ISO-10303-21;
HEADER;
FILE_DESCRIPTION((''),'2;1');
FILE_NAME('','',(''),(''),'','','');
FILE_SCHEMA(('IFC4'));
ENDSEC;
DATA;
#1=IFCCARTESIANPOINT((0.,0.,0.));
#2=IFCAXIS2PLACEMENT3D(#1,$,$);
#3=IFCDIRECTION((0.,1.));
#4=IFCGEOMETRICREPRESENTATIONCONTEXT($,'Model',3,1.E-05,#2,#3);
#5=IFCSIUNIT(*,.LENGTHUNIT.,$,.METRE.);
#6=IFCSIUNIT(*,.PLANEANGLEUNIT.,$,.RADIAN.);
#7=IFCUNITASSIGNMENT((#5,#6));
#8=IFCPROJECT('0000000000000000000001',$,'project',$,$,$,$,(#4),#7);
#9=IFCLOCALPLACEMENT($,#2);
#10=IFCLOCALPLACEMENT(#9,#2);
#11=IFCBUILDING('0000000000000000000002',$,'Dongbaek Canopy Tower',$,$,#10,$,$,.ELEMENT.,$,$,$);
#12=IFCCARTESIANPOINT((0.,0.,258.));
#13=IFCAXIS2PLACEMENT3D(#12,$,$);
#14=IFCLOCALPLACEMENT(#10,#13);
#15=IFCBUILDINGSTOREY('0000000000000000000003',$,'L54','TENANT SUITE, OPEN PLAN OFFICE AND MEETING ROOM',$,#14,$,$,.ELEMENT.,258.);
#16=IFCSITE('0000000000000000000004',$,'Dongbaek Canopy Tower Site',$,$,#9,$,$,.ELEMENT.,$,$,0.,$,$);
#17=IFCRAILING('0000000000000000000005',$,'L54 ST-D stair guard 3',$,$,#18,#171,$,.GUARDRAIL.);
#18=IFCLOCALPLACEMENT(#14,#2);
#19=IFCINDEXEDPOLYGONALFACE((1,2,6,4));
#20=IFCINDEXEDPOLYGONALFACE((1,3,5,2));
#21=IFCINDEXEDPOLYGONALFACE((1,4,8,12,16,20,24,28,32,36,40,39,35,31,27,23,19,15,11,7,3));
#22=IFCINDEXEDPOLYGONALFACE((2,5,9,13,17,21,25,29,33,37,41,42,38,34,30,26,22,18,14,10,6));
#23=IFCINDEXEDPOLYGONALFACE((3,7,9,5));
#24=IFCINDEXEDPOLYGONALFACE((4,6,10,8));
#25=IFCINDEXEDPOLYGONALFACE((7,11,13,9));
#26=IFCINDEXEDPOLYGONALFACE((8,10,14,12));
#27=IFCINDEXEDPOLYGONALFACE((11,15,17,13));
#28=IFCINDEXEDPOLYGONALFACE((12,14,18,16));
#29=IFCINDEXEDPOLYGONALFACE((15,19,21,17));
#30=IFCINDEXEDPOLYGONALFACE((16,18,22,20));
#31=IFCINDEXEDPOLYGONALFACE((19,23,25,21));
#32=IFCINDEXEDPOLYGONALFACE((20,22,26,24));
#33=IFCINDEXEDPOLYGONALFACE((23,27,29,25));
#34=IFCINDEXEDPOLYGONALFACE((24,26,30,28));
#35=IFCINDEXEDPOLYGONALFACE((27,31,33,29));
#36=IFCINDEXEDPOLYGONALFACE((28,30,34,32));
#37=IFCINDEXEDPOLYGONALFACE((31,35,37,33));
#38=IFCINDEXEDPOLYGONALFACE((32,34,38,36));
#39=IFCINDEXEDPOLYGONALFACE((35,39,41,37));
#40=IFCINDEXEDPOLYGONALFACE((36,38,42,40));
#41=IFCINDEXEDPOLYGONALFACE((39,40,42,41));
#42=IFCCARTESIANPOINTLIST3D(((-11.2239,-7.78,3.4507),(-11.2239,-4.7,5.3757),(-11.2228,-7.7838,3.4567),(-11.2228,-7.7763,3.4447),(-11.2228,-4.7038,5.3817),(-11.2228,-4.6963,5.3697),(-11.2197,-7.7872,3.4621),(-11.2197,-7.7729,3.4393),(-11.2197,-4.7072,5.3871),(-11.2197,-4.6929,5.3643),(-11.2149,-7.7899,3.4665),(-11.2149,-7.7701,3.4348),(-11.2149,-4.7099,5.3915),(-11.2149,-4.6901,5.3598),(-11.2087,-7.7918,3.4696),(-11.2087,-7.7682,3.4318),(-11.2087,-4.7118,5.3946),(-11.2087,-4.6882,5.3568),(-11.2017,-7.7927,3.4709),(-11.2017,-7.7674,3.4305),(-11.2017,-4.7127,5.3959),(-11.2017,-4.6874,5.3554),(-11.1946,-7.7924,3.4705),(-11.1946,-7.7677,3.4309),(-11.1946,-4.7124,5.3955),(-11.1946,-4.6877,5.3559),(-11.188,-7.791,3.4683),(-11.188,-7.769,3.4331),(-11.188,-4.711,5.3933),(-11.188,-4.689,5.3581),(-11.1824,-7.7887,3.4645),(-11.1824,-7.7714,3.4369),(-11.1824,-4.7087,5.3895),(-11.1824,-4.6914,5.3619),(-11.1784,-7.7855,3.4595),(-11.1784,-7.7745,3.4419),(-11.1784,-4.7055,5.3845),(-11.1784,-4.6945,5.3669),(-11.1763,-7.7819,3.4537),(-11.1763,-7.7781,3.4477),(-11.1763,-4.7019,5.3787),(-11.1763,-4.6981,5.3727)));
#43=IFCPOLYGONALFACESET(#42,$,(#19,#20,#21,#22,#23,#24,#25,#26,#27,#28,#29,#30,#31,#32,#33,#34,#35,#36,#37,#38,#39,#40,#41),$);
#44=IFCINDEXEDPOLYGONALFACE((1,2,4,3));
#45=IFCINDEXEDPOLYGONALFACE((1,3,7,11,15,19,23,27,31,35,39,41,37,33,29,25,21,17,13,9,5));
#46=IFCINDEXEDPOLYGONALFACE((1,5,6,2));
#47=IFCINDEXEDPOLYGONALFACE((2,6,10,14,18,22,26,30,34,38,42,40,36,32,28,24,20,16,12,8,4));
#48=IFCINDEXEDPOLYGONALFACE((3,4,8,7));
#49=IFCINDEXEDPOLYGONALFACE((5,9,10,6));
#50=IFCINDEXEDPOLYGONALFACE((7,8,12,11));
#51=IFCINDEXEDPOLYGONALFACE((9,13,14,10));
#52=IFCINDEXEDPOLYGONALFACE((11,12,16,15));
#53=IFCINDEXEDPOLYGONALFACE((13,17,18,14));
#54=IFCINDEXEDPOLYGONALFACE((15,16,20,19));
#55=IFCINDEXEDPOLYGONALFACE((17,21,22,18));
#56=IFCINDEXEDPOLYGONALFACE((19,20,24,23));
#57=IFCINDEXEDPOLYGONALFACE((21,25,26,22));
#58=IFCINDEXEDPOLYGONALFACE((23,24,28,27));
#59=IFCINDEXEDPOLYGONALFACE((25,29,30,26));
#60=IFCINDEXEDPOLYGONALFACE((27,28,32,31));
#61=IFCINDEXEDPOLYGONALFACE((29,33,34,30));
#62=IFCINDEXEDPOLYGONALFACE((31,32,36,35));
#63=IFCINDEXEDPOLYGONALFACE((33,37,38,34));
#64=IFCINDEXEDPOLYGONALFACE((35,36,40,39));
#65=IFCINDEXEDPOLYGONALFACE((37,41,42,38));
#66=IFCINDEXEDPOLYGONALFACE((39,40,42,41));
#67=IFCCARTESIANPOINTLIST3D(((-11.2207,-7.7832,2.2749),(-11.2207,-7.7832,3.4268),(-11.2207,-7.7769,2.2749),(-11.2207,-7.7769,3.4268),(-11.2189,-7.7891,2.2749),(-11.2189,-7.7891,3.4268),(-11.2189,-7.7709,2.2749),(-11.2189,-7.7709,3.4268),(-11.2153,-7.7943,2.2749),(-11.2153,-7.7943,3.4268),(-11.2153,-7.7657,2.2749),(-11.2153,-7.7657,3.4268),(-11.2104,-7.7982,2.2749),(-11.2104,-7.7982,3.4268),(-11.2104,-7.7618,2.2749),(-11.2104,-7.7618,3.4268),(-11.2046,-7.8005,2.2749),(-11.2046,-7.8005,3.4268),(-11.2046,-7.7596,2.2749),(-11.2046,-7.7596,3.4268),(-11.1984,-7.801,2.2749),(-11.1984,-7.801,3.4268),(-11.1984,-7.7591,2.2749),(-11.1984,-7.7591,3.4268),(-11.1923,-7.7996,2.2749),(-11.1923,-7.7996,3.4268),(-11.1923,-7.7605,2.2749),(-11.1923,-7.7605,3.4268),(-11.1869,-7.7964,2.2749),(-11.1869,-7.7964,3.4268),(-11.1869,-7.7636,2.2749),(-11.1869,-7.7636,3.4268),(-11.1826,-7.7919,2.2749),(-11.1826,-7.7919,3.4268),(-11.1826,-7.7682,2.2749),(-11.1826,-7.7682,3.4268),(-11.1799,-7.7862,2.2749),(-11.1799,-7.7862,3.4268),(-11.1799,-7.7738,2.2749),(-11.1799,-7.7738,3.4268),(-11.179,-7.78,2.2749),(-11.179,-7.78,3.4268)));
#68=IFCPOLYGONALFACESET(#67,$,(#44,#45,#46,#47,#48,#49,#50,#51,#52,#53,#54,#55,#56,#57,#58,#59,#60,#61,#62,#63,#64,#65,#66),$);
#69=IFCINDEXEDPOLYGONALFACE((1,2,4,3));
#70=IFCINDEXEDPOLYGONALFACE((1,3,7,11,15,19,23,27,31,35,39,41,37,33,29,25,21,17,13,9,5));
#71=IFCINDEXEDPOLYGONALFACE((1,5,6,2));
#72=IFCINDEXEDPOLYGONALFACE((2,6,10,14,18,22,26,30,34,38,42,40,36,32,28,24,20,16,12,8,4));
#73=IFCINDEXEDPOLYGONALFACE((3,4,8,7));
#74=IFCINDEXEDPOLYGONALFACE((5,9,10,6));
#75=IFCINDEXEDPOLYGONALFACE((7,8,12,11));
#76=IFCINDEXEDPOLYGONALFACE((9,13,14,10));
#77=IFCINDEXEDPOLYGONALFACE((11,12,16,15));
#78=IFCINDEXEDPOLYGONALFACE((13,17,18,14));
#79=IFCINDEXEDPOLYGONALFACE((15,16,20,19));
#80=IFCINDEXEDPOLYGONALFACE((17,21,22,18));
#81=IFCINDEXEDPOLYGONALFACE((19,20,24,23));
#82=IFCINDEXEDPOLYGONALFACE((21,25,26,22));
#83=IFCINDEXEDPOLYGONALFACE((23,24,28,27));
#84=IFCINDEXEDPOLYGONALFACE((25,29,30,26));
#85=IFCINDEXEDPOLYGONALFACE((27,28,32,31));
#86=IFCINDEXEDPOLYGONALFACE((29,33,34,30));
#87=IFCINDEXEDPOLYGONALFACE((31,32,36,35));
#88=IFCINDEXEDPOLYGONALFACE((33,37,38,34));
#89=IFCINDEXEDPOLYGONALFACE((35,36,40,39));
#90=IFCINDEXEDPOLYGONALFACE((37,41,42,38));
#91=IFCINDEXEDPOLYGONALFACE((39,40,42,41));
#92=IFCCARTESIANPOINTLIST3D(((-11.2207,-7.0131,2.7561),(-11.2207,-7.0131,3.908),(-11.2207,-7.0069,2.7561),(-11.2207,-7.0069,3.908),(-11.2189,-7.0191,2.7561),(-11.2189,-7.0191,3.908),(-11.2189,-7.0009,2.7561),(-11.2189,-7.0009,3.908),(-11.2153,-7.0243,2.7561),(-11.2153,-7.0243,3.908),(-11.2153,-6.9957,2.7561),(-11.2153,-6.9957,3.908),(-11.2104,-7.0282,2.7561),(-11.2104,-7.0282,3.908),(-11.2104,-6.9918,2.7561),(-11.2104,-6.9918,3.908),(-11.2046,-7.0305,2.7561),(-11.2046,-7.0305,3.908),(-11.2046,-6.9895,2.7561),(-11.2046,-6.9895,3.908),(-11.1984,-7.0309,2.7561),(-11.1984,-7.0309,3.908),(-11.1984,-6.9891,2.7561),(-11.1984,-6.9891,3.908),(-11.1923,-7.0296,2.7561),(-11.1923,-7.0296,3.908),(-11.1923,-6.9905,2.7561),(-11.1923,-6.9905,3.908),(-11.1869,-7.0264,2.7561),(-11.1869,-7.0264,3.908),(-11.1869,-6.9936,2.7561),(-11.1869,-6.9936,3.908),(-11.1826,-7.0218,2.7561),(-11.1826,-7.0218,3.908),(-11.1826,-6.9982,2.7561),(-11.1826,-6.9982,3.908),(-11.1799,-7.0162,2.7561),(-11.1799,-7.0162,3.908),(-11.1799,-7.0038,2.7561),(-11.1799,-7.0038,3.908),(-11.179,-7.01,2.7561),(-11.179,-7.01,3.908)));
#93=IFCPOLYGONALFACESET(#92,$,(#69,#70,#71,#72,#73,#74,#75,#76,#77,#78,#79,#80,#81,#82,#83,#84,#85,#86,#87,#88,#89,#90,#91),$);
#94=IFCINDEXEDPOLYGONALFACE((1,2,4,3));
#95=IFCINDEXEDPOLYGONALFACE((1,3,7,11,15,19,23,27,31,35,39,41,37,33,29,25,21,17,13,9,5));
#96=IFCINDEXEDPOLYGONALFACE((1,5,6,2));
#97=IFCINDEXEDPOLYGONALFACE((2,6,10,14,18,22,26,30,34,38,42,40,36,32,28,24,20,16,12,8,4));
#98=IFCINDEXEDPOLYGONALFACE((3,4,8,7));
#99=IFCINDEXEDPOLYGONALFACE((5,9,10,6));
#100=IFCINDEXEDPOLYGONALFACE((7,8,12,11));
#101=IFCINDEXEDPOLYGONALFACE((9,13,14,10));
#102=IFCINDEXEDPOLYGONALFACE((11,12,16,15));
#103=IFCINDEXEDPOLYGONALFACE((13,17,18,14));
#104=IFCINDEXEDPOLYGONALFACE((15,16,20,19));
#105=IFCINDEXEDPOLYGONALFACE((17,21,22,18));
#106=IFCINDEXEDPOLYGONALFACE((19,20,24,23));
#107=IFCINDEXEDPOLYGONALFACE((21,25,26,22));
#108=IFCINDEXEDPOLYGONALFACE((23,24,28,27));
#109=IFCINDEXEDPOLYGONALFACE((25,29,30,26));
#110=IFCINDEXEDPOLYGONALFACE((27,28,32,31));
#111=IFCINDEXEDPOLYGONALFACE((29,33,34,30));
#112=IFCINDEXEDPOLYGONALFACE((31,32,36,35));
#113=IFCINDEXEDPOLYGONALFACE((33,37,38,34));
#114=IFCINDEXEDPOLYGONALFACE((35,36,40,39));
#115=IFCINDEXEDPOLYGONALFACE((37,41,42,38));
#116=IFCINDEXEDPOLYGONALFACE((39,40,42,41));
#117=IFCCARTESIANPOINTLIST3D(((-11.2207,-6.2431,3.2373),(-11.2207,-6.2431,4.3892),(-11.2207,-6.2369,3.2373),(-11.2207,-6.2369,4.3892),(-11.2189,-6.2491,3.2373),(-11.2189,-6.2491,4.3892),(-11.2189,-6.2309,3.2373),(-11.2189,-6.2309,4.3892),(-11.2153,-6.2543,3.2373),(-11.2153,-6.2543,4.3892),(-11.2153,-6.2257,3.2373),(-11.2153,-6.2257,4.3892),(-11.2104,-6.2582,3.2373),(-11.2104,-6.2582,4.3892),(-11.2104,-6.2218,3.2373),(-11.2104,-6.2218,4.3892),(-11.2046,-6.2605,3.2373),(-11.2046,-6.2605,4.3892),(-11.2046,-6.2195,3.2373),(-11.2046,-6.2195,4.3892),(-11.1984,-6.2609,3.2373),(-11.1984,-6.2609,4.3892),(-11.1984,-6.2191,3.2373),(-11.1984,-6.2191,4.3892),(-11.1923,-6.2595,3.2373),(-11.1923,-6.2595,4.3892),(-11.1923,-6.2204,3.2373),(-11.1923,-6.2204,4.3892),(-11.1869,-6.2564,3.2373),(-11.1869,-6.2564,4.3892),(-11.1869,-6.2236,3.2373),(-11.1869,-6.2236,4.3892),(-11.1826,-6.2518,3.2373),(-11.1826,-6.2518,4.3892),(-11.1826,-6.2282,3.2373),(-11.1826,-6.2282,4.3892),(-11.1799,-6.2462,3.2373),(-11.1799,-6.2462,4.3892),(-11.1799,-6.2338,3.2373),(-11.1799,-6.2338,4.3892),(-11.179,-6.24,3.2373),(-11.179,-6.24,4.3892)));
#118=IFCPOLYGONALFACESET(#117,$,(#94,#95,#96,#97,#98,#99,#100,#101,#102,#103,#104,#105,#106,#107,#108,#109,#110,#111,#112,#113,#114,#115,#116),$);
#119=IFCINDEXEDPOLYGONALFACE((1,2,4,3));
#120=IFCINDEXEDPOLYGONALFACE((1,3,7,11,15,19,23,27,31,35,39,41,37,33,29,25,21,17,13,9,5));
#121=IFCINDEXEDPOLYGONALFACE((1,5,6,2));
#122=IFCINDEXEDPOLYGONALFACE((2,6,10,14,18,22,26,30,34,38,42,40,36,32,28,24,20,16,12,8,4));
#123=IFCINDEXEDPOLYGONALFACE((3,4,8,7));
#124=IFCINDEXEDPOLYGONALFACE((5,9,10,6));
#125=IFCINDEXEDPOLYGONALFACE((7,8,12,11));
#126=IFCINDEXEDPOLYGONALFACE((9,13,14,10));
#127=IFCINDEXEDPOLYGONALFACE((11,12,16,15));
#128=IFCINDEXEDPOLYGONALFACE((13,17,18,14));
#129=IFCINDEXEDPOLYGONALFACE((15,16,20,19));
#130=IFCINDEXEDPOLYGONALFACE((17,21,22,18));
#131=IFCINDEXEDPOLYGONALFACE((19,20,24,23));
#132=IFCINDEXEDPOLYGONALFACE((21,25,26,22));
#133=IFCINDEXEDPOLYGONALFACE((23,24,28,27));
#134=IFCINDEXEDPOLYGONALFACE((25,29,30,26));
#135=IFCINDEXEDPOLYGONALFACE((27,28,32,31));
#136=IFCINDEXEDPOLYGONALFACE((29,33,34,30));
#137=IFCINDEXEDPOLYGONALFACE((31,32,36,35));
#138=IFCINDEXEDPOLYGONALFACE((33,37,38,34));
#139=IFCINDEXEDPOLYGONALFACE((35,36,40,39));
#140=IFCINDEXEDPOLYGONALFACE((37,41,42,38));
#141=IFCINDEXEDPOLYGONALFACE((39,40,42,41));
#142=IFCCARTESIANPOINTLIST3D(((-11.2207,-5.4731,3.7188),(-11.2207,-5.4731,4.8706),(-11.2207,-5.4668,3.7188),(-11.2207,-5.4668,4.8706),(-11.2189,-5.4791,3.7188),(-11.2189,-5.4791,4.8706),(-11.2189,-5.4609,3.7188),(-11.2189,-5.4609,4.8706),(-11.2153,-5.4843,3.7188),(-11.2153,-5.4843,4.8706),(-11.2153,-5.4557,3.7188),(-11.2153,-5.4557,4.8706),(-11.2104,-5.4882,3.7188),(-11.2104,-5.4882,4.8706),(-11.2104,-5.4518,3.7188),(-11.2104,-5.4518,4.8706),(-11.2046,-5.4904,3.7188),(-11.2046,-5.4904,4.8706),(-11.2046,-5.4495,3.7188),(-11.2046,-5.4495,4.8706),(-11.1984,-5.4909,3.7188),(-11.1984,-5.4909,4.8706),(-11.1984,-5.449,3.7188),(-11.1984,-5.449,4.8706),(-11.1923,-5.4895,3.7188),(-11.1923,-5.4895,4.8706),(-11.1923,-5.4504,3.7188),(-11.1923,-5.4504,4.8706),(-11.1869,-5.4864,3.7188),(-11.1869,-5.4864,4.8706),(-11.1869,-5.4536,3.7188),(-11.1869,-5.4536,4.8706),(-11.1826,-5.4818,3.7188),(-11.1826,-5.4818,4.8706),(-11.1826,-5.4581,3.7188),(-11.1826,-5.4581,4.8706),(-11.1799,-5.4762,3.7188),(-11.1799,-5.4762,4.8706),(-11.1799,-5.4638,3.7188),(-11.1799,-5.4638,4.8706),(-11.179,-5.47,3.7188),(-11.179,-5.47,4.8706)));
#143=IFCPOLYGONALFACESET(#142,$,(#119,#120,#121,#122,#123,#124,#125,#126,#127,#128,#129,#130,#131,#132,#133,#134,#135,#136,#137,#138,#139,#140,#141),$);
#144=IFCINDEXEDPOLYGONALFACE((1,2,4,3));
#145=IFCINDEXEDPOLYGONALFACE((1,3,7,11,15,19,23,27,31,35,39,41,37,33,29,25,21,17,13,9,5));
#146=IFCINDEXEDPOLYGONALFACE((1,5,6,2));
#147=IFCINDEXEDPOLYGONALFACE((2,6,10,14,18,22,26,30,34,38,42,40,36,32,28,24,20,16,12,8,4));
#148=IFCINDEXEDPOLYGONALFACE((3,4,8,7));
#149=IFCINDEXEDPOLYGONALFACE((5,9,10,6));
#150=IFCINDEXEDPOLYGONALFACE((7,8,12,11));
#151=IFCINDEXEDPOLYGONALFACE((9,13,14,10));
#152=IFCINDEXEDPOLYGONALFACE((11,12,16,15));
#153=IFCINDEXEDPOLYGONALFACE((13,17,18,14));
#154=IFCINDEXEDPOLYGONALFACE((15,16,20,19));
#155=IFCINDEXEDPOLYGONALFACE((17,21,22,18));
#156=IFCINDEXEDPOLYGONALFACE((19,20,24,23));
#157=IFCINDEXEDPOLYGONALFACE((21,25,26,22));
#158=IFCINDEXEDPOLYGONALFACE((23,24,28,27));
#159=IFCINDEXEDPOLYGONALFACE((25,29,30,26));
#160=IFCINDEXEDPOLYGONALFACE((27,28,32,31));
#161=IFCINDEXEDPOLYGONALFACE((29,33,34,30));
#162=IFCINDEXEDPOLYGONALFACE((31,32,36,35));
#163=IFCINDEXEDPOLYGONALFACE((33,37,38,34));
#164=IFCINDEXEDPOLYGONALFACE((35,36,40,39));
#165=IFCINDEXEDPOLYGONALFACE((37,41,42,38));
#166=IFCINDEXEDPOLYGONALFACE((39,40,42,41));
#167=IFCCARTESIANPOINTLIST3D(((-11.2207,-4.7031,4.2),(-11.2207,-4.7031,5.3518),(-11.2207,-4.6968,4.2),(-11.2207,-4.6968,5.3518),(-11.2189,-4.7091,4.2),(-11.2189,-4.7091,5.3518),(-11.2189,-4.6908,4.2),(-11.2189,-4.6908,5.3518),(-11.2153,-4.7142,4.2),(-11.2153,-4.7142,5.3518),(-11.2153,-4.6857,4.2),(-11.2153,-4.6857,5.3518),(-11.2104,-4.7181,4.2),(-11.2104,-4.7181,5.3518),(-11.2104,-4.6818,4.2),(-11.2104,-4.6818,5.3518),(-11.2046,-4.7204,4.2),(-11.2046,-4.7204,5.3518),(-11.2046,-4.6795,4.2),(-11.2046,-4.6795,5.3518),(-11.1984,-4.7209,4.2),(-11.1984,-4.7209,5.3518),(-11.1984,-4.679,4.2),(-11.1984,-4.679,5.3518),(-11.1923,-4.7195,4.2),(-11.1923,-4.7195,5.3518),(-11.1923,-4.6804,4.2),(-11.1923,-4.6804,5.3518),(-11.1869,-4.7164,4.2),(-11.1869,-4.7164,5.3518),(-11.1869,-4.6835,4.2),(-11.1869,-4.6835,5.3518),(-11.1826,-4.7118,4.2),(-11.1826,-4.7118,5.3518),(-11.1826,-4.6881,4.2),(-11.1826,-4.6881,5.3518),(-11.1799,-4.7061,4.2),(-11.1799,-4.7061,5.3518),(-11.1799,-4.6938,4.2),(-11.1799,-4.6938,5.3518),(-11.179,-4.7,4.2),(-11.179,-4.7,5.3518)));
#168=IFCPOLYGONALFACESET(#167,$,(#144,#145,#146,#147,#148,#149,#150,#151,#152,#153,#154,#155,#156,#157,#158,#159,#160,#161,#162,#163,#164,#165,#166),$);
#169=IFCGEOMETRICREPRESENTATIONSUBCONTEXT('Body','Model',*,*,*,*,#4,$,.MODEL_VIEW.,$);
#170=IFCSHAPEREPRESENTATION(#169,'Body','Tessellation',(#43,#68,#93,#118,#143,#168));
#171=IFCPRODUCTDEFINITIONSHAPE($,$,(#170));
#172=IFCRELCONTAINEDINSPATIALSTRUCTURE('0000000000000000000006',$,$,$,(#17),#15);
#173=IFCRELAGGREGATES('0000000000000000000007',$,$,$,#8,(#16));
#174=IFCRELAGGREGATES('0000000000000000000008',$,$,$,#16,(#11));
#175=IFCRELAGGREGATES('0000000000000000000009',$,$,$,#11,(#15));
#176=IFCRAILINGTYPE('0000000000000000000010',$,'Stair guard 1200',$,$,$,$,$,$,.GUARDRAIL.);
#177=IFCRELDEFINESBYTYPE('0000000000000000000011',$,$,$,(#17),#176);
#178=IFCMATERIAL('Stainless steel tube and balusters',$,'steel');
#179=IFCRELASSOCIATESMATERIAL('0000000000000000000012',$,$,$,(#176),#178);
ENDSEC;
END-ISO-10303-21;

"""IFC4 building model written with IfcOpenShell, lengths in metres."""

from ifc_helpers import new_model, si_unit, direction, frame, origin, origin_2d, place, context, subcontext, project, spatial, circle, extrude, material, type_object, element, save


model = new_model("IFC4")

# Units and contexts
model_context = context("Model", 3, precision=1e-05, world=origin(), true_north=direction((0.0, 1.0)))
body_context = subcontext(model_context, "Body", "Model", "MODEL_VIEW")
ifc_project = project(units=[si_unit("LENGTHUNIT", "METRE"), si_unit("PLANEANGLEUNIT", "RADIAN")], contexts=[model_context])

# Site, building, storey
site_placement = place(None, origin())
site = spatial("IfcSite", under=ifc_project, at=site_placement, Name="Dongbaek Canopy Tower Site", CompositionType="ELEMENT", RefElevation=0.0)
building_placement = place(site_placement, origin())
building = spatial("IfcBuilding", under=site, at=building_placement, Name="Dongbaek Canopy Tower", CompositionType="ELEMENT")
storey_placement = place(building_placement, frame((0.0, 0.0, 258.0)))
storey = spatial("IfcBuildingStorey", under=building, at=storey_placement, Name="L54", Description="TENANT SUITE, OPEN PLAN OFFICE AND MEETING ROOM", CompositionType="ELEMENT", Elevation=258.0)

# Railing
ifc_material_1 = material(Name="Stainless steel tube and balusters", Category="steel")
railing_type_1 = type_object("IfcRailingType", Name="Stair guard 1200", PredefinedType="GUARDRAIL", material=ifc_material_1)
railing_1_placement = place(storey_placement, frame((-11.2, -7.78, 2.2749)))
element("IfcRailing", 1, at=railing_1_placement, inside=storey, type_object=railing_type_1, Name="L54 ST-D stair guard 3", PredefinedType="GUARDRAIL", context=body_context, shape_type="SweptSolid", body=[
    extrude(circle(Radius=0.0239, at=origin_2d()), frame((0.0, 0.0, 1.1758), z_axis=(0.0, 0.847998, 0.529999), x_axis=(-1.0, 0.0, 0.0)), (0.0, 0.0, 1.0), 3.6321),
    extrude(circle(Radius=0.021, at=origin_2d()), origin(), (0.0, 0.0, 1.0), 1.1519),
    extrude(circle(Radius=0.021, at=origin_2d()), frame((0.0, 0.77, 0.4812)), (0.0, 0.0, 1.0), 1.1519),
    extrude(circle(Radius=0.021, at=origin_2d()), frame((0.0, 1.54, 0.9624)), (0.0, 0.0, 1.0), 1.1519),
    extrude(circle(Radius=0.021, at=origin_2d()), frame((0.0, 2.3101, 1.4438)), (0.0, 0.0, 1.0), 1.1519),
    extrude(circle(Radius=0.021, at=origin_2d()), frame((0.0, 3.0801, 1.925)), (0.0, 0.0, 1.0), 1.1519),
])

save(model, "model.ifc")
